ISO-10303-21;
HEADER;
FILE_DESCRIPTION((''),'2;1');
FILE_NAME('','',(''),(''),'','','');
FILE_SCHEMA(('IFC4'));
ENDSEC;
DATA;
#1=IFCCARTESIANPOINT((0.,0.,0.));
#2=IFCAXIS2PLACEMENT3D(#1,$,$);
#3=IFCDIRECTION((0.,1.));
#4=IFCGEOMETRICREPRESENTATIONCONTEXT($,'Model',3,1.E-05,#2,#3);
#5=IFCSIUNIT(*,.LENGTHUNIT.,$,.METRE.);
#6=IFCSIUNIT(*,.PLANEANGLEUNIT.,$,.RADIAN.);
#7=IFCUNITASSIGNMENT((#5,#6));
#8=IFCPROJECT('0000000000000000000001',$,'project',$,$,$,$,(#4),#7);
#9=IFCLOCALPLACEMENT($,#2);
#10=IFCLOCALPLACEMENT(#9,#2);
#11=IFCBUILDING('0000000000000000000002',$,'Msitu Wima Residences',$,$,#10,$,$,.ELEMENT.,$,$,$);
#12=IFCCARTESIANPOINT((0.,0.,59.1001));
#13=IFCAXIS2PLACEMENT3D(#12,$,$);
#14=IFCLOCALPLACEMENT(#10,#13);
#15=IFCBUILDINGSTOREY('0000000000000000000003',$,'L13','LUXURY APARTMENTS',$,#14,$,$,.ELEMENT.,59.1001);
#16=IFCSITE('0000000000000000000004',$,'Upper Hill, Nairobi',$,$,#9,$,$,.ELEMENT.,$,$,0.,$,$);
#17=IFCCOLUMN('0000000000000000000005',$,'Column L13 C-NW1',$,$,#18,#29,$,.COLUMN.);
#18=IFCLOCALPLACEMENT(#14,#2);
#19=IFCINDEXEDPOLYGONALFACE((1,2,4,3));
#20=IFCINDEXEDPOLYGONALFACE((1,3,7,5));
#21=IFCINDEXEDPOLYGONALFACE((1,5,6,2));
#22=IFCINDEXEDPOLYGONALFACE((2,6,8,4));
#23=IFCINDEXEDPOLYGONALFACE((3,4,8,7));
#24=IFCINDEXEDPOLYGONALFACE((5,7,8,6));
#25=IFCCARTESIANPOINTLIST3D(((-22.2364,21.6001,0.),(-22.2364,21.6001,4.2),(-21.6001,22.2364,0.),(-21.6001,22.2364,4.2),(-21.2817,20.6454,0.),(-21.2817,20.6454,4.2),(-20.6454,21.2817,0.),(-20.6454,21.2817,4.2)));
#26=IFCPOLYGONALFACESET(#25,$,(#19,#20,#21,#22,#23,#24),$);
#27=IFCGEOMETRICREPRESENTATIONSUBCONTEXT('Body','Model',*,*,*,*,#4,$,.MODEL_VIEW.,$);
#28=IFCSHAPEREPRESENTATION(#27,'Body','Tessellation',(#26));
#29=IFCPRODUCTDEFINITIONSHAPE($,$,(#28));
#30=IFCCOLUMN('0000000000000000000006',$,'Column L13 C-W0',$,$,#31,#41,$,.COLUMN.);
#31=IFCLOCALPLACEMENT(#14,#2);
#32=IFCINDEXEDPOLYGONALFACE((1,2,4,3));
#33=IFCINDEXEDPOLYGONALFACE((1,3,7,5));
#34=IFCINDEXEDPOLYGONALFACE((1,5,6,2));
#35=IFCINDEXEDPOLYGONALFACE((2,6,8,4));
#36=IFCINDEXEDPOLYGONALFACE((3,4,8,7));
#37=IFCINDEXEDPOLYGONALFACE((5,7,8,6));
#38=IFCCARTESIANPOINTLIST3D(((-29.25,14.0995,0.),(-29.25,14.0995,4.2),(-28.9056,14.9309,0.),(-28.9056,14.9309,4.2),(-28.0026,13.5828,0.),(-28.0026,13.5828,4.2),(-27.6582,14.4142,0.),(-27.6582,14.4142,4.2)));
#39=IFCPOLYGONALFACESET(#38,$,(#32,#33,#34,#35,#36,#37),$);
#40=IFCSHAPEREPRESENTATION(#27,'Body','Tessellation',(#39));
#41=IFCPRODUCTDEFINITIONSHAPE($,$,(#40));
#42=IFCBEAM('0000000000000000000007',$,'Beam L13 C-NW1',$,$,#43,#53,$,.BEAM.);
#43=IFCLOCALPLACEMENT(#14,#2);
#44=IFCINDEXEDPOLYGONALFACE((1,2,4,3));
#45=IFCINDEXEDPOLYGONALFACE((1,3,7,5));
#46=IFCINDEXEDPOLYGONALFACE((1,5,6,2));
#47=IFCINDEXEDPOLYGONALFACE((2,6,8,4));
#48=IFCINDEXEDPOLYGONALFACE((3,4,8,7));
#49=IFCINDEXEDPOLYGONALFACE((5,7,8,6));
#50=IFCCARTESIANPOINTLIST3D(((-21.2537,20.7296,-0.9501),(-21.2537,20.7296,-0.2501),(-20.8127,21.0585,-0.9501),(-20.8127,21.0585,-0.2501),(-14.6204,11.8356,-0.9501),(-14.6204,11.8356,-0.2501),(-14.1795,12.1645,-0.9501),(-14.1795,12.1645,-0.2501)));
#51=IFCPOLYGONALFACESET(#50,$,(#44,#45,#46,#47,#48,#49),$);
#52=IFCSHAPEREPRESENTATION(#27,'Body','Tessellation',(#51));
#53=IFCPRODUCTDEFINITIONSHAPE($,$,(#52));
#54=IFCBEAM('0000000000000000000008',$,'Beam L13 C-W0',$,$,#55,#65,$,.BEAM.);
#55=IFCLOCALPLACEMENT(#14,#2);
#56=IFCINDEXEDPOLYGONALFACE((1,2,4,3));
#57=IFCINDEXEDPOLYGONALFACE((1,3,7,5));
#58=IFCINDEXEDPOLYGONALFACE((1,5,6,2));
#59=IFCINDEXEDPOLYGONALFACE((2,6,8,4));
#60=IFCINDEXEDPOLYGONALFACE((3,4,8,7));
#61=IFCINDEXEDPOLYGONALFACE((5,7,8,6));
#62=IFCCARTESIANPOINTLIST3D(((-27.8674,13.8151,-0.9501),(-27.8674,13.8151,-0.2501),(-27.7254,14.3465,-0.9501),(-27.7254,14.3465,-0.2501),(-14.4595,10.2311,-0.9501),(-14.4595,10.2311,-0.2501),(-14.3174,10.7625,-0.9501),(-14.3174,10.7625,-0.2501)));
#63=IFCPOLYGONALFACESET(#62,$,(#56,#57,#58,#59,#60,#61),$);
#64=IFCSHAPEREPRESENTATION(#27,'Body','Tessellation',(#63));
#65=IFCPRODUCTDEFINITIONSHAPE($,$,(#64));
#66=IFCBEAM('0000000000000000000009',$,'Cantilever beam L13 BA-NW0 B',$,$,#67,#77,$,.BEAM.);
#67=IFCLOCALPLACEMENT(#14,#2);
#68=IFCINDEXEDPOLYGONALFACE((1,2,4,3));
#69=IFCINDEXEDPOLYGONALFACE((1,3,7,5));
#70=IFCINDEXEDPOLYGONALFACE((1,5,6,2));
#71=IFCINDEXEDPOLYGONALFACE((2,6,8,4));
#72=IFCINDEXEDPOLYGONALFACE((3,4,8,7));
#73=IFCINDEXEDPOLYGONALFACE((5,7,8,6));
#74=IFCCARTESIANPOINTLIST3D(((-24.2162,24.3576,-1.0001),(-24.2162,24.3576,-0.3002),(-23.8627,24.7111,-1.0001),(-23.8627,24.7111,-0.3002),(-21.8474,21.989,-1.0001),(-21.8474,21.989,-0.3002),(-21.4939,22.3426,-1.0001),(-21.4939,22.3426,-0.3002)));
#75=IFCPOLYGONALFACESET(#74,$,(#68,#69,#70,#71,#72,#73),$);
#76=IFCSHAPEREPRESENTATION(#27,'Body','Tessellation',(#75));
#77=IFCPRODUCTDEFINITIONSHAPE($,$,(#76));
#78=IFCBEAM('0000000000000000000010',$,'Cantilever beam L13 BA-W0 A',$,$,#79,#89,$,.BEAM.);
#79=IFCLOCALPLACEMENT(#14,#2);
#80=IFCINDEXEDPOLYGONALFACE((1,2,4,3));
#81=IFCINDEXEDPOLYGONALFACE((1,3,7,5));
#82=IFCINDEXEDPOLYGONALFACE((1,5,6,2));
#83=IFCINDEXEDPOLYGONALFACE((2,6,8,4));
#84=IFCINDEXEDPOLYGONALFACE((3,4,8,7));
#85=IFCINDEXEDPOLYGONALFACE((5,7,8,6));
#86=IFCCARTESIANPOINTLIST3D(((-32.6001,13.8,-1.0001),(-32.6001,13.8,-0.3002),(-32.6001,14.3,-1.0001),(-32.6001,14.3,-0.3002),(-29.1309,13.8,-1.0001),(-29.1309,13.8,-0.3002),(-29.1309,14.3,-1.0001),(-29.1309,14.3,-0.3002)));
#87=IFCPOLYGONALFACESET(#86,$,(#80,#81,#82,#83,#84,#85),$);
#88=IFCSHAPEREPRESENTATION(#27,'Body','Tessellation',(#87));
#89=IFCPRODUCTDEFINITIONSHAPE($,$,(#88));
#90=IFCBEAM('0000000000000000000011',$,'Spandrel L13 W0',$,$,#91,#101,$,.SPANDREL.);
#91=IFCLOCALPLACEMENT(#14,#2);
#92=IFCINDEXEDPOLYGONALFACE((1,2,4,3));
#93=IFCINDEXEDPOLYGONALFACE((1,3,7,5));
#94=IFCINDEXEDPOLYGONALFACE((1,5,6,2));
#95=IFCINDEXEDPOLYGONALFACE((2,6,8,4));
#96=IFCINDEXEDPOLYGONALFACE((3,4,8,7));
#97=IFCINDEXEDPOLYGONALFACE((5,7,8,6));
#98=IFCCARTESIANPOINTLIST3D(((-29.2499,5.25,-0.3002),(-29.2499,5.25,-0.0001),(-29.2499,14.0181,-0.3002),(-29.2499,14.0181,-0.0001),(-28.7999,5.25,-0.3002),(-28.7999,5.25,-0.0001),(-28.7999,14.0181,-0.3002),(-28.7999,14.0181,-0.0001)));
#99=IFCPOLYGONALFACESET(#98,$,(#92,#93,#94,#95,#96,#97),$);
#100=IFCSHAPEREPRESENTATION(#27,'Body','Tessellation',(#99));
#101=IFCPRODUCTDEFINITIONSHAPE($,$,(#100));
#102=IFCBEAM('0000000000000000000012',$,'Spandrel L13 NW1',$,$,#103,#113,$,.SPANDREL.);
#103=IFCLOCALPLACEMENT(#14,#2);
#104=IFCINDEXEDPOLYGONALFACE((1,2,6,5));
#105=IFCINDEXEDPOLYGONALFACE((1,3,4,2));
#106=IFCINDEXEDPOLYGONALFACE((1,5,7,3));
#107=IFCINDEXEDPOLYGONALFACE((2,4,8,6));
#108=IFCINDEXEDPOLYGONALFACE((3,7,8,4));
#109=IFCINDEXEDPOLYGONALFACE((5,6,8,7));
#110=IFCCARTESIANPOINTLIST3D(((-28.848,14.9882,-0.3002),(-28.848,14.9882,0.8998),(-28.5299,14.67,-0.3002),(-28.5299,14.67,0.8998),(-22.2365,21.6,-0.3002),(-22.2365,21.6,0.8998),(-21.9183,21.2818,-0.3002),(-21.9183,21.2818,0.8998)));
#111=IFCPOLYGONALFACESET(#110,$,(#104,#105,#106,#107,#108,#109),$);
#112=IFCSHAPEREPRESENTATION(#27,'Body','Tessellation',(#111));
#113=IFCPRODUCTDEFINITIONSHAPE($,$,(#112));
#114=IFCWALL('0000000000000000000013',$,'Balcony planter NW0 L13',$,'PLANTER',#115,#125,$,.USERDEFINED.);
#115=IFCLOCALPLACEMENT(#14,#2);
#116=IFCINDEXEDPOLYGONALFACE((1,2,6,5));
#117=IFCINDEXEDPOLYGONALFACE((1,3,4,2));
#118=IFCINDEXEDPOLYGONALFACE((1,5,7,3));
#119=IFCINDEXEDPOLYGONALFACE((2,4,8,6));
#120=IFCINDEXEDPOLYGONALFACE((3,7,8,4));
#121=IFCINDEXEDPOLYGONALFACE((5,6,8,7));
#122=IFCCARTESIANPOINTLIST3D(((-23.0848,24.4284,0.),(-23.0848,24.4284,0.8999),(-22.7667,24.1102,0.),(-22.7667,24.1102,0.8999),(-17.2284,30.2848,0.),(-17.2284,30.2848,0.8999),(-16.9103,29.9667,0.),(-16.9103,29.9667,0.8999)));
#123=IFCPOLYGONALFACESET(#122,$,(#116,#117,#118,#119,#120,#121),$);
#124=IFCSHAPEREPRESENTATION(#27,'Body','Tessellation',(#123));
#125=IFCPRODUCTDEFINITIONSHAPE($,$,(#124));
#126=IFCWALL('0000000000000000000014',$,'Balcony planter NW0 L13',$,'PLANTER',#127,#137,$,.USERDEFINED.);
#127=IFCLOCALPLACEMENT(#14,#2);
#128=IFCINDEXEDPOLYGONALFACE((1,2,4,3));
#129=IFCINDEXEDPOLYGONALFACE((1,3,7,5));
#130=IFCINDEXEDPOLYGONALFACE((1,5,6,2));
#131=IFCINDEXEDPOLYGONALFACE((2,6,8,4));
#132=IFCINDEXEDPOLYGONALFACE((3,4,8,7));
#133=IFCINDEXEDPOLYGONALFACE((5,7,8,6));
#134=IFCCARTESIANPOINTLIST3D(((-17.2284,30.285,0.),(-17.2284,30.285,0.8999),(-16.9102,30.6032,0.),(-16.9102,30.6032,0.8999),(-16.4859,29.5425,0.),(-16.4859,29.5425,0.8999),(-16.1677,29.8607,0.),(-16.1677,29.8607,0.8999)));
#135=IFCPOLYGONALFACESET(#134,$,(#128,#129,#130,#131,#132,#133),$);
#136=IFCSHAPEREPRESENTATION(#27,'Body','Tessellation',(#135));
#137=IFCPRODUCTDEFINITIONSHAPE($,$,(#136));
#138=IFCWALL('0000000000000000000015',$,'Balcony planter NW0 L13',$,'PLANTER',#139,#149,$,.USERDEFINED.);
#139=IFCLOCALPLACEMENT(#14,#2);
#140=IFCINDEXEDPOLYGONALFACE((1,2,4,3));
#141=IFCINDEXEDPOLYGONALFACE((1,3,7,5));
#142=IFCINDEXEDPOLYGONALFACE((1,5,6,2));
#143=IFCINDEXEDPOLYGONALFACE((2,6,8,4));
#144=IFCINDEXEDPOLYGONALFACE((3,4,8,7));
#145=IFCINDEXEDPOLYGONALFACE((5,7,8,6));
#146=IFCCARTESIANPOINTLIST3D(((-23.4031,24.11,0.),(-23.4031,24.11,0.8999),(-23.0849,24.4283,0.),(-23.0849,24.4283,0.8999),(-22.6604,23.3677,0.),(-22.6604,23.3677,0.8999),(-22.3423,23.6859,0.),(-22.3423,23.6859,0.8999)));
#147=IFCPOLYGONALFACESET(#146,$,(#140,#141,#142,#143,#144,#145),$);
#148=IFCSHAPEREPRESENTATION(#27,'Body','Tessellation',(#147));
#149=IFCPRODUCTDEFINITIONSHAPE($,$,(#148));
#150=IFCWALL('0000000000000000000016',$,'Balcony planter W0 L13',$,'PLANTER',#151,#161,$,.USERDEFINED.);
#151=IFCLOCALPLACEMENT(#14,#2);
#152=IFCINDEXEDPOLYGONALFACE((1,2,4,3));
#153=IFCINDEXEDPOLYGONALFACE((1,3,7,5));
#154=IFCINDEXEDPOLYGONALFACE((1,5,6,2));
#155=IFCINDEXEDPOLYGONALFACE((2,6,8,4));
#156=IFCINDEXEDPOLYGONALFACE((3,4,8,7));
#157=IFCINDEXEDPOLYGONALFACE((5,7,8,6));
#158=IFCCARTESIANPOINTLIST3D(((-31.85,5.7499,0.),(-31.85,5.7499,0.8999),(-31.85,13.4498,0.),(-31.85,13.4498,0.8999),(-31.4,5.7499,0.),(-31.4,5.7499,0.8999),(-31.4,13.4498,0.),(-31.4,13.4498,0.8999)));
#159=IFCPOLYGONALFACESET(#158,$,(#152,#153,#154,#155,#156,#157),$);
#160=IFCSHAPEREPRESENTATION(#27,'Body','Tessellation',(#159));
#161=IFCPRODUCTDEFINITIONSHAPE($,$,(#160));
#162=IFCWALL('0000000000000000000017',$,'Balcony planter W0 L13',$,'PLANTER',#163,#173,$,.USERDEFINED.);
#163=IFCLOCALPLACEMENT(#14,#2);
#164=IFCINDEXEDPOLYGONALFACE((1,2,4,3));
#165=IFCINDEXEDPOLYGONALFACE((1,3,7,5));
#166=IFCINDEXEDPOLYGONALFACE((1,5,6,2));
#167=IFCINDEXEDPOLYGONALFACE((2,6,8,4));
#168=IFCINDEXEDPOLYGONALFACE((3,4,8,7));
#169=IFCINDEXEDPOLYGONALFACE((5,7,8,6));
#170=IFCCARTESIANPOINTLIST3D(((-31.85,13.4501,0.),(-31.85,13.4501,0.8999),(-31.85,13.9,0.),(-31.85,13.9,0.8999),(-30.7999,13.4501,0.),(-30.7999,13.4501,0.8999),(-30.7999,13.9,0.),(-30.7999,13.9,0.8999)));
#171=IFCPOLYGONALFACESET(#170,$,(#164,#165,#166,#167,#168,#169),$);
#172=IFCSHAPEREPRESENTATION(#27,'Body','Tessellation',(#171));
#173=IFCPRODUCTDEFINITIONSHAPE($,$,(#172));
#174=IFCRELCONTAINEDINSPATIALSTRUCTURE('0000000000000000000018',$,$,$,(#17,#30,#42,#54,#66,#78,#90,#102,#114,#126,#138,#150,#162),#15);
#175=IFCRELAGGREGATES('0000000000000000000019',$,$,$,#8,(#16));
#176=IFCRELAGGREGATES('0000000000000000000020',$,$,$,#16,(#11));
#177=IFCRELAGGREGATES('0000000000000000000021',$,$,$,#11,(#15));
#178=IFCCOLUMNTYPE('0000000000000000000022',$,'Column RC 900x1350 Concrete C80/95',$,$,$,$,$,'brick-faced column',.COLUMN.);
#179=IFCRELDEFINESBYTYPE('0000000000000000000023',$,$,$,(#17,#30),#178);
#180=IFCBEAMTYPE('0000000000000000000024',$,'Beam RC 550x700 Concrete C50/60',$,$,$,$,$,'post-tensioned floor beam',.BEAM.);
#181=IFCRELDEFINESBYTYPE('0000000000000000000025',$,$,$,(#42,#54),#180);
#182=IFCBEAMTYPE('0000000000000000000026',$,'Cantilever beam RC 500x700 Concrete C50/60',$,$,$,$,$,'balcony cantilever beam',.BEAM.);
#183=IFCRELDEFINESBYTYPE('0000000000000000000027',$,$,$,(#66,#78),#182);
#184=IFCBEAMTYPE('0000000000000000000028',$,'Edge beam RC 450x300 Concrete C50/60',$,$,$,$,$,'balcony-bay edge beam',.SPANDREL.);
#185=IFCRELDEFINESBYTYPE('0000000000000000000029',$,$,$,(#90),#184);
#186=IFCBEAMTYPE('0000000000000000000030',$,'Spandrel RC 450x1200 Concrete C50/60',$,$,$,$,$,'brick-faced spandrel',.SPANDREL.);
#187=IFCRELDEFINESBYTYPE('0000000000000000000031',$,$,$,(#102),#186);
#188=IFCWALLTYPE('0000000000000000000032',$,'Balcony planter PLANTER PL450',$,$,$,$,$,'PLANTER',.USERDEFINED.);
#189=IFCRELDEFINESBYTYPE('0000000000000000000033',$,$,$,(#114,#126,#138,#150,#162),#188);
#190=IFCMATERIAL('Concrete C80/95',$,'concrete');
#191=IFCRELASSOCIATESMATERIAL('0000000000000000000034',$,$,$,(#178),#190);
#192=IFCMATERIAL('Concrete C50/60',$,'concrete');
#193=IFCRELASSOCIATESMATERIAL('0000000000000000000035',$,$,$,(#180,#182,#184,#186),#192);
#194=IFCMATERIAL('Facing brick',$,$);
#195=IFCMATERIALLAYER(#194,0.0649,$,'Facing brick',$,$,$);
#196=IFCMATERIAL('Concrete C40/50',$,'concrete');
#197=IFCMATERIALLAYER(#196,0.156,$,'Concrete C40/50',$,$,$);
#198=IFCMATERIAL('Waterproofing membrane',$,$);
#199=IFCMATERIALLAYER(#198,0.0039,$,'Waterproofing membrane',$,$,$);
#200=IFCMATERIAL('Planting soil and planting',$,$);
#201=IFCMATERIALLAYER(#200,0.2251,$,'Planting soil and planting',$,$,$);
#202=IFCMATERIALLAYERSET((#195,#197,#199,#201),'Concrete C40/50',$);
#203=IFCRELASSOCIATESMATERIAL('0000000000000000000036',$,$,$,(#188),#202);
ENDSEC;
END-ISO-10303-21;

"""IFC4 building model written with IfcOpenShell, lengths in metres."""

from ifc_helpers import new_model, si_unit, direction, frame, frame_2d, origin, origin_2d, place, context, subcontext, project, spatial, rectangle, extrude, material, layer, layer_set, material_profile, profile_set, type_object, element, save


model = new_model("IFC4")

# Units and contexts
model_context = context("Model", 3, precision=1e-05, world=origin(), true_north=direction((0.0, 1.0)))
body_context = subcontext(model_context, "Body", "Model", "MODEL_VIEW")
ifc_project = project(units=[si_unit("LENGTHUNIT", "METRE"), si_unit("PLANEANGLEUNIT", "RADIAN")], contexts=[model_context])

# Site, building, storey
site_placement = place(None, origin())
site = spatial("IfcSite", under=ifc_project, at=site_placement, Name="Upper Hill, Nairobi", CompositionType="ELEMENT", RefElevation=0.0)
building_placement = place(site_placement, origin())
building = spatial("IfcBuilding", under=site, at=building_placement, Name="Msitu Wima Residences", CompositionType="ELEMENT")
storey_placement = place(building_placement, frame((0.0, 0.0, 59.1001)))
storey = spatial("IfcBuildingStorey", under=building, at=storey_placement, Name="L13", Description="LUXURY APARTMENTS", CompositionType="ELEMENT", Elevation=59.1001)

# Columns
ifc_material_1 = material(Name="Concrete C80/95", Category="concrete")
ifc_material_profile_1 = material_profile(ifc_material_1, rectangle(XDim=0.8999, YDim=1.3501, at=origin_2d()), Name="RC 900x1350")
ifc_profile_set_1 = profile_set([ifc_material_profile_1], Name="Concrete C80/95")
column_type = type_object("IfcColumnType", Name="Column RC 900x1350 Concrete C80/95", ElementType="brick-faced column", PredefinedType="COLUMN", material=ifc_profile_set_1)
for number, where, z_axis, x_axis, name in (
    (1, (-21.4409, 21.4409, 0.0), (0.0, 0.0, 1.0), (-0.707107, -0.707107, 0.0), "Column L13 C-NW1"),
    (2, (-28.4541, 14.2568, 0.0), (0.0, 0.0, 1.0), (-0.382683, -0.92388, 0.0), "Column L13 C-W0"),
):
    element("IfcColumn", number, at=place(storey_placement, frame(where, z_axis=z_axis, x_axis=x_axis)), inside=storey, type_object=column_type, Name=name, PredefinedType="COLUMN", context=body_context, shape_type="SweptSolid", body=[
        extrude(rectangle(XDim=0.8999, YDim=1.3501, at=origin_2d()), origin(), (0.0, 0.0, 1.0), 4.2),
    ])

# Beams
ifc_material_2 = material(Name="Concrete C50/60", Category="concrete")
ifc_material_profile_2 = material_profile(ifc_material_2, rectangle(XDim=0.55, YDim=0.7, at=origin_2d()), Name="RC 550x700")
ifc_profile_set_2 = profile_set([ifc_material_profile_2], Name="Concrete C50/60")
beam_type_1 = type_object("IfcBeamType", Name="Beam RC 550x700 Concrete C50/60", ElementType="post-tensioned floor beam", PredefinedType="BEAM", material=ifc_profile_set_2)
beam_1_placement = place(storey_placement, frame((-21.0332, 20.894, -0.6001), z_axis=(0.59785, -0.801608, 0.0), x_axis=(0.801608, 0.59785, 0.0)))
element("IfcBeam", 3, at=beam_1_placement, inside=storey, type_object=beam_type_1, Name="Beam L13 C-NW1", PredefinedType="BEAM", context=body_context, shape_type="SweptSolid", body=[
    extrude(rectangle(XDim=0.55, YDim=0.7, at=origin_2d()), origin(), (0.0, 0.0, 1.0), 11.0952),
])
beam_2_placement = place(storey_placement, frame((-27.7964, 14.0808, -0.6001), z_axis=(0.966082, -0.258236, 0.0), x_axis=(0.258236, 0.966082, 0.0)))
element("IfcBeam", 4, at=beam_2_placement, inside=storey, type_object=beam_type_1, Name="Beam L13 C-W0", PredefinedType="BEAM", context=body_context, shape_type="SweptSolid", body=[
    extrude(rectangle(XDim=0.55, YDim=0.7, at=origin_2d()), origin(), (0.0, 0.0, 1.0), 13.8787),
])
ifc_material_profile_3 = material_profile(ifc_material_2, rectangle(XDim=0.5, YDim=0.7, at=origin_2d()), Name="RC 500x700")
ifc_profile_set_3 = profile_set([ifc_material_profile_3], Name="Concrete C50/60")
beam_type_2 = type_object("IfcBeamType", Name="Cantilever beam RC 500x700 Concrete C50/60", ElementType="balcony cantilever beam", PredefinedType="BEAM", material=ifc_profile_set_3)
beam_3_placement = place(storey_placement, frame((-21.6707, 22.1658, -0.6501), z_axis=(-0.707143, 0.70707, 0.0), x_axis=(-0.70707, -0.707143, 0.0)))
element("IfcBeam", 5, at=beam_3_placement, inside=storey, type_object=beam_type_2, Name="Cantilever beam L13 BA-NW0 B", PredefinedType="BEAM", context=body_context, shape_type="SweptSolid", body=[
    extrude(rectangle(XDim=0.5, YDim=0.7, at=origin_2d()), origin(), (0.0, 0.0, 1.0), 3.3499),
])
beam_4_placement = place(storey_placement, frame((-29.1309, 14.05, -0.6501), z_axis=(-1.0, 0.0, 0.0), x_axis=(0.0, -1.0, 0.0)))
element("IfcBeam", 6, at=beam_4_placement, inside=storey, type_object=beam_type_2, Name="Cantilever beam L13 BA-W0 A", PredefinedType="BEAM", context=body_context, shape_type="SweptSolid", body=[
    extrude(rectangle(XDim=0.5, YDim=0.7, at=origin_2d()), origin(), (0.0, 0.0, 1.0), 3.4692),
])
ifc_material_profile_4 = material_profile(ifc_material_2, rectangle(XDim=0.45, YDim=0.3, at=origin_2d()), Name="RC 450x300")
ifc_profile_set_4 = profile_set([ifc_material_profile_4], Name="Concrete C50/60")
beam_type_3 = type_object("IfcBeamType", Name="Edge beam RC 450x300 Concrete C50/60", ElementType="balcony-bay edge beam", PredefinedType="SPANDREL", material=ifc_profile_set_4)
beam_5_placement = place(storey_placement, frame((-29.0249, 14.0181, -0.1501), z_axis=(0.0, -1.0, 0.0), x_axis=(1.0, 0.0, 0.0)))
element("IfcBeam", 7, at=beam_5_placement, inside=storey, type_object=beam_type_3, Name="Spandrel L13 W0", PredefinedType="SPANDREL", context=body_context, shape_type="SweptSolid", body=[
    extrude(rectangle(XDim=0.45, YDim=0.3, at=origin_2d()), origin(), (0.0, 0.0, 1.0), 8.7681),
])
ifc_material_profile_5 = material_profile(ifc_material_2, rectangle(XDim=0.45, YDim=1.2, at=origin_2d()), Name="RC 450x1200")
ifc_profile_set_5 = profile_set([ifc_material_profile_5], Name="Concrete C50/60")
beam_type_4 = type_object("IfcBeamType", Name="Spandrel RC 450x1200 Concrete C50/60", ElementType="brick-faced spandrel", PredefinedType="SPANDREL", material=ifc_profile_set_5)
beam_6_placement = place(storey_placement, frame((-22.0774, 21.4409, 0.2998), z_axis=(-0.707094, -0.70712, 0.0), x_axis=(0.70712, -0.707094, 0.0)))
element("IfcBeam", 8, at=beam_6_placement, inside=storey, type_object=beam_type_4, Name="Spandrel L13 NW1", PredefinedType="SPANDREL", context=body_context, shape_type="SweptSolid", body=[
    extrude(rectangle(XDim=0.45, YDim=1.2, at=origin_2d()), origin(), (0.0, 0.0, 1.0), 9.3503),
])

# Walls
ifc_material_3 = material(Name="Facing brick")
ifc_layer_1 = layer(ifc_material_3, 0.0649, Name="Facing brick")
ifc_material_4 = material(Name="Concrete C40/50", Category="concrete")
ifc_layer_2 = layer(ifc_material_4, 0.156, Name="Concrete C40/50")
ifc_material_5 = material(Name="Waterproofing membrane")
ifc_layer_3 = layer(ifc_material_5, 0.0039, Name="Waterproofing membrane")
ifc_material_6 = material(Name="Planting soil and planting")
ifc_layer_4 = layer(ifc_material_6, 0.2251, Name="Planting soil and planting")
ifc_layer_set_1 = layer_set([ifc_layer_1, ifc_layer_2, ifc_layer_3, ifc_layer_4], Name="Concrete C40/50")
wall_type_1 = type_object("IfcWallType", Name="Balcony planter PLANTER PL450", ElementType="PLANTER", PredefinedType="USERDEFINED", material=ifc_layer_set_1)
wall_1_placement = place(storey_placement, frame((-17.0693, 30.1257, 0.0), z_axis=(0.0, 0.0, 1.0), x_axis=(-0.707107, -0.707107, 0.0)))
element("IfcWall", 9, at=wall_1_placement, inside=storey, type_object=wall_type_1, Name="Balcony planter NW0 L13", ObjectType="PLANTER", PredefinedType="USERDEFINED", context=body_context, shape_type="SweptSolid", body=[
    extrude(rectangle(XDim=8.2822, YDim=0.45, at=frame_2d((4.1411, 0.0))), origin(), (0.0, 0.0, 1.0), 0.8999),
])
for number, where, z_axis, x_axis, name in (
    (10, (-16.3269, 29.7017, 0.0), (0.0, 0.0, 1.0), (-0.707107, 0.707107, 0.0), "Balcony planter NW0 L13"),
    (11, (-22.5015, 23.5269, 0.0), (0.0, 0.0, 1.0), (-0.707223, 0.706991, 0.0), "Balcony planter NW0 L13"),
):
    element("IfcWall", number, at=place(storey_placement, frame(where, z_axis=z_axis, x_axis=x_axis)), inside=storey, type_object=wall_type_1, Name=name, ObjectType="PLANTER", PredefinedType="USERDEFINED", context=body_context, shape_type="SweptSolid", body=[
        extrude(rectangle(XDim=1.05, YDim=0.45, at=frame_2d((0.5249, 0.0))), origin(), (0.0, 0.0, 1.0), 0.8999),
    ])
wall_2_placement = place(storey_placement, frame((-31.625, 13.45, 0.0), z_axis=(0.0, 0.0, 1.0), x_axis=(0.0, -1.0, 0.0)))
element("IfcWall", 12, at=wall_2_placement, inside=storey, type_object=wall_type_1, Name="Balcony planter W0 L13", ObjectType="PLANTER", PredefinedType="USERDEFINED", context=body_context, shape_type="SweptSolid", body=[
    extrude(rectangle(XDim=7.7, YDim=0.45, at=frame_2d((3.8501, 0.0))), origin(), (0.0, 0.0, 1.0), 0.8999),
])
wall_3_placement = place(storey_placement, frame((-30.8, 13.675, 0.0), z_axis=(0.0, 0.0, 1.0), x_axis=(-1.0, 0.0, 0.0)))
element("IfcWall", 13, at=wall_3_placement, inside=storey, type_object=wall_type_1, Name="Balcony planter W0 L13", ObjectType="PLANTER", PredefinedType="USERDEFINED", context=body_context, shape_type="SweptSolid", body=[
    extrude(rectangle(XDim=1.05, YDim=0.45, at=frame_2d((0.5249, 0.0))), origin(), (0.0, 0.0, 1.0), 0.8999),
])

save(model, "model.ifc")
